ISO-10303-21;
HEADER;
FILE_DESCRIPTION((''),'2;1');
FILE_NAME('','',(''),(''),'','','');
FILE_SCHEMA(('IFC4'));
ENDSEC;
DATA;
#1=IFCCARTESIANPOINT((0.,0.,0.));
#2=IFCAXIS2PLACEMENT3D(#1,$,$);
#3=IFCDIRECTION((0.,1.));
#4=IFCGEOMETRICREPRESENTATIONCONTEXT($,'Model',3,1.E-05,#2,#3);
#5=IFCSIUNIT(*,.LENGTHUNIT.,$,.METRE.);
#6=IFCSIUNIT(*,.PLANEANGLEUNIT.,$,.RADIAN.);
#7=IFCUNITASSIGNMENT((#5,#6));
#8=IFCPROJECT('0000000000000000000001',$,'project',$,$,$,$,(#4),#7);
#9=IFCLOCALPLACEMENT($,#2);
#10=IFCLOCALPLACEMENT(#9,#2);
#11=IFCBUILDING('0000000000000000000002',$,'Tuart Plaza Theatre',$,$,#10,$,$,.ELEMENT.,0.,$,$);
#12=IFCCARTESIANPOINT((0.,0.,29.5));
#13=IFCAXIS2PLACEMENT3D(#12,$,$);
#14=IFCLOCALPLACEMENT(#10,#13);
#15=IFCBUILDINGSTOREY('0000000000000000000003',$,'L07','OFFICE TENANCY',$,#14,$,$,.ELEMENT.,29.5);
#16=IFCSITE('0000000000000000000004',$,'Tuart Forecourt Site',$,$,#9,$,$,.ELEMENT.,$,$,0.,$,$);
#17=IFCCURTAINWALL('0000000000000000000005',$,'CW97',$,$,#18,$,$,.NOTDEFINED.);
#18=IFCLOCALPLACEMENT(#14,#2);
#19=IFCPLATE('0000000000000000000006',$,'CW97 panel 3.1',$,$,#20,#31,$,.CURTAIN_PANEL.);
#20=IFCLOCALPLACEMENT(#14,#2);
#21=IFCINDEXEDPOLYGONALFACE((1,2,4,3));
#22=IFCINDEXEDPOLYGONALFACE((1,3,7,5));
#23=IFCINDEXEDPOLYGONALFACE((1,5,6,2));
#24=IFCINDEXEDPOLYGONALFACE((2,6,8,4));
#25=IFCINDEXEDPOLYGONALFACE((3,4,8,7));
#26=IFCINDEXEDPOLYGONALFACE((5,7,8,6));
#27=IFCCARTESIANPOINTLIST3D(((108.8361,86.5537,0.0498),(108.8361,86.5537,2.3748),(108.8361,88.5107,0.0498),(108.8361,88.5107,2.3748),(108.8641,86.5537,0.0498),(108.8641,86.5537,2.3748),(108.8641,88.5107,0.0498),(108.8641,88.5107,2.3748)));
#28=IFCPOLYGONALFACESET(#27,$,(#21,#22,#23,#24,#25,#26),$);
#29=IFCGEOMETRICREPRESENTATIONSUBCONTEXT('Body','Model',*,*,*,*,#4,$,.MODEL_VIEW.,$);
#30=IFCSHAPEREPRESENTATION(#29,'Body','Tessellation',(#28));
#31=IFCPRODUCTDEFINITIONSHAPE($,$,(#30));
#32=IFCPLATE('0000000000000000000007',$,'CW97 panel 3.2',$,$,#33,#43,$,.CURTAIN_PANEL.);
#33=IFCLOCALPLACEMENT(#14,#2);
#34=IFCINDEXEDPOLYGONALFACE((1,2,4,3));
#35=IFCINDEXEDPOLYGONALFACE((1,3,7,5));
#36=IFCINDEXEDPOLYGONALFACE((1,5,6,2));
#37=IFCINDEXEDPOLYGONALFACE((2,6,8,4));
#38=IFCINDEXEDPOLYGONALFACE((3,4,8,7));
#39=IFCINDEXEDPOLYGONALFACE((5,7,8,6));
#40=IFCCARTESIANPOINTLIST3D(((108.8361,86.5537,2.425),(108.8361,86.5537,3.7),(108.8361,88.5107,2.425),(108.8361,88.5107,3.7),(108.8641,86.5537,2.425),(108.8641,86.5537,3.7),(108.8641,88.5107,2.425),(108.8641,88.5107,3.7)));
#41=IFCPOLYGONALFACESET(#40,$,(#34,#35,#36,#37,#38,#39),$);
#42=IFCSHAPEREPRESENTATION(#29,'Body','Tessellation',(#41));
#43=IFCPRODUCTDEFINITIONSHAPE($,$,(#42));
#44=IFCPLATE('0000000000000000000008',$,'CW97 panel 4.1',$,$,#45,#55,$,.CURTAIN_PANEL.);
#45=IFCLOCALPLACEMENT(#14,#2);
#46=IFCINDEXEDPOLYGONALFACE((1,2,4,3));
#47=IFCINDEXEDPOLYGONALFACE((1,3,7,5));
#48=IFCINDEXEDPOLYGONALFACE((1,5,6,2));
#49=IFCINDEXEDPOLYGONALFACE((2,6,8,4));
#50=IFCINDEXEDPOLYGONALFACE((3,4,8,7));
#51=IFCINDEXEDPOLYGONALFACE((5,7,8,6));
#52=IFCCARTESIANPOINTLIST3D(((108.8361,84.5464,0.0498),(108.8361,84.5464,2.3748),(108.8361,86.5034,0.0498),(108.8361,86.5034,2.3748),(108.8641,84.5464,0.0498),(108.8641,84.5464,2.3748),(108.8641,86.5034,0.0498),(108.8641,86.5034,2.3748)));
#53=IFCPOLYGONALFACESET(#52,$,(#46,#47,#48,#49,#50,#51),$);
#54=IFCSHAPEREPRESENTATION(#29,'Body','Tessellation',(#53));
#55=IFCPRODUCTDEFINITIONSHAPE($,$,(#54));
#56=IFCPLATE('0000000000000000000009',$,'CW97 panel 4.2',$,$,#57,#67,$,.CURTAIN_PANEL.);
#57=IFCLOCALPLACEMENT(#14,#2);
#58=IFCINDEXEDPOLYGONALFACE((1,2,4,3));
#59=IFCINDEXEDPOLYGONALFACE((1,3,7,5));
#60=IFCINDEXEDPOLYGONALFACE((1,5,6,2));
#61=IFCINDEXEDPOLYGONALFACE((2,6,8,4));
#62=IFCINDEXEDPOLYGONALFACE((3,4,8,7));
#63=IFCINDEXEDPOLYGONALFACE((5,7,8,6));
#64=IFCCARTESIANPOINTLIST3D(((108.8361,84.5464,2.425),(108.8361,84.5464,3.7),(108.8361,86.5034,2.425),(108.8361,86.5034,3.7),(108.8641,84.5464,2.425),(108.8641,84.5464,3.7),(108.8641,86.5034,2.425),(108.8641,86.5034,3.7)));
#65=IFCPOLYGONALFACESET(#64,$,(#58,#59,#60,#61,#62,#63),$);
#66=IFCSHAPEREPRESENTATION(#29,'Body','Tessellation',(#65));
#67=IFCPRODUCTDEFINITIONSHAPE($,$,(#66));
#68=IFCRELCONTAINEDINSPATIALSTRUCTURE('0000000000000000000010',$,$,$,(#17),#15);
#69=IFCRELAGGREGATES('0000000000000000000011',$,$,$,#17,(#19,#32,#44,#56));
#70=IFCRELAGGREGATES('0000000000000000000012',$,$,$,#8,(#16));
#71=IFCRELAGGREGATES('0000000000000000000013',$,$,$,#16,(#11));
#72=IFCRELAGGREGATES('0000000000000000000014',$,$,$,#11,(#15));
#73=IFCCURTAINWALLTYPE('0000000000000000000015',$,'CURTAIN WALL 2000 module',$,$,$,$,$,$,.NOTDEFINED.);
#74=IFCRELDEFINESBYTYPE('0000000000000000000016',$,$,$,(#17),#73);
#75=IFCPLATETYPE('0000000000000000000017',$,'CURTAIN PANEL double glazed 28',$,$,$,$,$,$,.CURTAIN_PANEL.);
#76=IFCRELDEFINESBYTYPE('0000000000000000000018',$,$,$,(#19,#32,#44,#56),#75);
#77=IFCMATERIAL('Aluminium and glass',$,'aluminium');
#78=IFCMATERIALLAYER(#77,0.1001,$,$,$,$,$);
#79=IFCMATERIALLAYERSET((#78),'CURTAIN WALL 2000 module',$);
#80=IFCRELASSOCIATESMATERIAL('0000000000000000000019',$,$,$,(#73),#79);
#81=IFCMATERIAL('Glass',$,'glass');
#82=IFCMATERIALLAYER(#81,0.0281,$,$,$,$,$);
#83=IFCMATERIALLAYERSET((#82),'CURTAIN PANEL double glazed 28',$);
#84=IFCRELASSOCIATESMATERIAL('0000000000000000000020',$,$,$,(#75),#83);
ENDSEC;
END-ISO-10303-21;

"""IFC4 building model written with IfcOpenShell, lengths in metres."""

from ifc_helpers import new_model, si_unit, direction, frame, origin, origin_2d, place, context, subcontext, project, spatial, rectangle, extrude, material, layer, layer_set, type_object, element, aggregate, save


model = new_model("IFC4")

# Units and contexts
model_context = context("Model", 3, precision=1e-05, world=origin(), true_north=direction((0.0, 1.0)))
body_context = subcontext(model_context, "Body", "Model", "MODEL_VIEW")
ifc_project = project(units=[si_unit("LENGTHUNIT", "METRE"), si_unit("PLANEANGLEUNIT", "RADIAN")], contexts=[model_context])

# Site, building, storey
site_placement = place(None, origin())
site = spatial("IfcSite", under=ifc_project, at=site_placement, Name="Tuart Forecourt Site", CompositionType="ELEMENT", RefElevation=0.0)
building_placement = place(site_placement, origin())
building = spatial("IfcBuilding", under=site, at=building_placement, Name="Tuart Plaza Theatre", CompositionType="ELEMENT", ElevationOfRefHeight=0.0)
storey_placement = place(building_placement, frame((0.0, 0.0, 29.5)))
storey = spatial("IfcBuildingStorey", under=building, at=storey_placement, Name="L07", Description="OFFICE TENANCY", CompositionType="ELEMENT", Elevation=29.5)

# Curtain wall, plates
ifc_material_1 = material(Name="Aluminium and glass", Category="aluminium")
ifc_layer_1 = layer(ifc_material_1, 0.1001)
ifc_layer_set_1 = layer_set([ifc_layer_1], Name="CURTAIN WALL 2000 module")
curtain_wall_type = type_object("IfcCurtainWallType", Name="CURTAIN WALL 2000 module", PredefinedType="NOTDEFINED", material=ifc_layer_set_1)
curtain_wall_placement = place(storey_placement, origin())
curtain_wall = element("IfcCurtainWall", 1, at=curtain_wall_placement, inside=storey, type_object=curtain_wall_type, Name="CW97", PredefinedType="NOTDEFINED")
ifc_material_2 = material(Name="Glass", Category="glass")
ifc_layer_2 = layer(ifc_material_2, 0.0281)
ifc_layer_set_2 = layer_set([ifc_layer_2], Name="CURTAIN PANEL double glazed 28")
plate_type = type_object("IfcPlateType", Name="CURTAIN PANEL double glazed 28", PredefinedType="CURTAIN_PANEL", material=ifc_layer_set_2)
plate_1_placement = place(storey_placement, frame((108.8501, 87.5322, 0.0498), z_axis=(0.0, 0.0, 1.0), x_axis=(0.0, -1.0, 0.0)))
plate_1 = element("IfcPlate", 2, at=plate_1_placement, type_object=plate_type, Name="CW97 panel 3.1", PredefinedType="CURTAIN_PANEL", context=body_context, shape_type="SweptSolid", body=[
    extrude(rectangle(XDim=1.957, YDim=0.0281, at=origin_2d()), origin(), (0.0, 0.0, 1.0), 2.325),
])
plate_2_placement = place(storey_placement, frame((108.8501, 87.5322, 2.425), z_axis=(0.0, 0.0, 1.0), x_axis=(0.0, -1.0, 0.0)))
plate_2 = element("IfcPlate", 3, at=plate_2_placement, type_object=plate_type, Name="CW97 panel 3.2", PredefinedType="CURTAIN_PANEL", context=body_context, shape_type="SweptSolid", body=[
    extrude(rectangle(XDim=1.957, YDim=0.0281, at=origin_2d()), origin(), (0.0, 0.0, 1.0), 1.2749),
])
plate_3_placement = place(storey_placement, frame((108.8501, 85.5249, 0.0498), z_axis=(0.0, 0.0, 1.0), x_axis=(0.0, -1.0, 0.0)))
plate_3 = element("IfcPlate", 4, at=plate_3_placement, type_object=plate_type, Name="CW97 panel 4.1", PredefinedType="CURTAIN_PANEL", context=body_context, shape_type="SweptSolid", body=[
    extrude(rectangle(XDim=1.957, YDim=0.0281, at=origin_2d()), origin(), (0.0, 0.0, 1.0), 2.325),
])
plate_4_placement = place(storey_placement, frame((108.8501, 85.5249, 2.425), z_axis=(0.0, 0.0, 1.0), x_axis=(0.0, -1.0, 0.0)))
plate_4 = element("IfcPlate", 5, at=plate_4_placement, type_object=plate_type, Name="CW97 panel 4.2", PredefinedType="CURTAIN_PANEL", context=body_context, shape_type="SweptSolid", body=[
    extrude(rectangle(XDim=1.957, YDim=0.0281, at=origin_2d()), origin(), (0.0, 0.0, 1.0), 1.2749),
])
aggregate(curtain_wall, [plate_1, plate_2, plate_3, plate_4])

save(model, "model.ifc")
